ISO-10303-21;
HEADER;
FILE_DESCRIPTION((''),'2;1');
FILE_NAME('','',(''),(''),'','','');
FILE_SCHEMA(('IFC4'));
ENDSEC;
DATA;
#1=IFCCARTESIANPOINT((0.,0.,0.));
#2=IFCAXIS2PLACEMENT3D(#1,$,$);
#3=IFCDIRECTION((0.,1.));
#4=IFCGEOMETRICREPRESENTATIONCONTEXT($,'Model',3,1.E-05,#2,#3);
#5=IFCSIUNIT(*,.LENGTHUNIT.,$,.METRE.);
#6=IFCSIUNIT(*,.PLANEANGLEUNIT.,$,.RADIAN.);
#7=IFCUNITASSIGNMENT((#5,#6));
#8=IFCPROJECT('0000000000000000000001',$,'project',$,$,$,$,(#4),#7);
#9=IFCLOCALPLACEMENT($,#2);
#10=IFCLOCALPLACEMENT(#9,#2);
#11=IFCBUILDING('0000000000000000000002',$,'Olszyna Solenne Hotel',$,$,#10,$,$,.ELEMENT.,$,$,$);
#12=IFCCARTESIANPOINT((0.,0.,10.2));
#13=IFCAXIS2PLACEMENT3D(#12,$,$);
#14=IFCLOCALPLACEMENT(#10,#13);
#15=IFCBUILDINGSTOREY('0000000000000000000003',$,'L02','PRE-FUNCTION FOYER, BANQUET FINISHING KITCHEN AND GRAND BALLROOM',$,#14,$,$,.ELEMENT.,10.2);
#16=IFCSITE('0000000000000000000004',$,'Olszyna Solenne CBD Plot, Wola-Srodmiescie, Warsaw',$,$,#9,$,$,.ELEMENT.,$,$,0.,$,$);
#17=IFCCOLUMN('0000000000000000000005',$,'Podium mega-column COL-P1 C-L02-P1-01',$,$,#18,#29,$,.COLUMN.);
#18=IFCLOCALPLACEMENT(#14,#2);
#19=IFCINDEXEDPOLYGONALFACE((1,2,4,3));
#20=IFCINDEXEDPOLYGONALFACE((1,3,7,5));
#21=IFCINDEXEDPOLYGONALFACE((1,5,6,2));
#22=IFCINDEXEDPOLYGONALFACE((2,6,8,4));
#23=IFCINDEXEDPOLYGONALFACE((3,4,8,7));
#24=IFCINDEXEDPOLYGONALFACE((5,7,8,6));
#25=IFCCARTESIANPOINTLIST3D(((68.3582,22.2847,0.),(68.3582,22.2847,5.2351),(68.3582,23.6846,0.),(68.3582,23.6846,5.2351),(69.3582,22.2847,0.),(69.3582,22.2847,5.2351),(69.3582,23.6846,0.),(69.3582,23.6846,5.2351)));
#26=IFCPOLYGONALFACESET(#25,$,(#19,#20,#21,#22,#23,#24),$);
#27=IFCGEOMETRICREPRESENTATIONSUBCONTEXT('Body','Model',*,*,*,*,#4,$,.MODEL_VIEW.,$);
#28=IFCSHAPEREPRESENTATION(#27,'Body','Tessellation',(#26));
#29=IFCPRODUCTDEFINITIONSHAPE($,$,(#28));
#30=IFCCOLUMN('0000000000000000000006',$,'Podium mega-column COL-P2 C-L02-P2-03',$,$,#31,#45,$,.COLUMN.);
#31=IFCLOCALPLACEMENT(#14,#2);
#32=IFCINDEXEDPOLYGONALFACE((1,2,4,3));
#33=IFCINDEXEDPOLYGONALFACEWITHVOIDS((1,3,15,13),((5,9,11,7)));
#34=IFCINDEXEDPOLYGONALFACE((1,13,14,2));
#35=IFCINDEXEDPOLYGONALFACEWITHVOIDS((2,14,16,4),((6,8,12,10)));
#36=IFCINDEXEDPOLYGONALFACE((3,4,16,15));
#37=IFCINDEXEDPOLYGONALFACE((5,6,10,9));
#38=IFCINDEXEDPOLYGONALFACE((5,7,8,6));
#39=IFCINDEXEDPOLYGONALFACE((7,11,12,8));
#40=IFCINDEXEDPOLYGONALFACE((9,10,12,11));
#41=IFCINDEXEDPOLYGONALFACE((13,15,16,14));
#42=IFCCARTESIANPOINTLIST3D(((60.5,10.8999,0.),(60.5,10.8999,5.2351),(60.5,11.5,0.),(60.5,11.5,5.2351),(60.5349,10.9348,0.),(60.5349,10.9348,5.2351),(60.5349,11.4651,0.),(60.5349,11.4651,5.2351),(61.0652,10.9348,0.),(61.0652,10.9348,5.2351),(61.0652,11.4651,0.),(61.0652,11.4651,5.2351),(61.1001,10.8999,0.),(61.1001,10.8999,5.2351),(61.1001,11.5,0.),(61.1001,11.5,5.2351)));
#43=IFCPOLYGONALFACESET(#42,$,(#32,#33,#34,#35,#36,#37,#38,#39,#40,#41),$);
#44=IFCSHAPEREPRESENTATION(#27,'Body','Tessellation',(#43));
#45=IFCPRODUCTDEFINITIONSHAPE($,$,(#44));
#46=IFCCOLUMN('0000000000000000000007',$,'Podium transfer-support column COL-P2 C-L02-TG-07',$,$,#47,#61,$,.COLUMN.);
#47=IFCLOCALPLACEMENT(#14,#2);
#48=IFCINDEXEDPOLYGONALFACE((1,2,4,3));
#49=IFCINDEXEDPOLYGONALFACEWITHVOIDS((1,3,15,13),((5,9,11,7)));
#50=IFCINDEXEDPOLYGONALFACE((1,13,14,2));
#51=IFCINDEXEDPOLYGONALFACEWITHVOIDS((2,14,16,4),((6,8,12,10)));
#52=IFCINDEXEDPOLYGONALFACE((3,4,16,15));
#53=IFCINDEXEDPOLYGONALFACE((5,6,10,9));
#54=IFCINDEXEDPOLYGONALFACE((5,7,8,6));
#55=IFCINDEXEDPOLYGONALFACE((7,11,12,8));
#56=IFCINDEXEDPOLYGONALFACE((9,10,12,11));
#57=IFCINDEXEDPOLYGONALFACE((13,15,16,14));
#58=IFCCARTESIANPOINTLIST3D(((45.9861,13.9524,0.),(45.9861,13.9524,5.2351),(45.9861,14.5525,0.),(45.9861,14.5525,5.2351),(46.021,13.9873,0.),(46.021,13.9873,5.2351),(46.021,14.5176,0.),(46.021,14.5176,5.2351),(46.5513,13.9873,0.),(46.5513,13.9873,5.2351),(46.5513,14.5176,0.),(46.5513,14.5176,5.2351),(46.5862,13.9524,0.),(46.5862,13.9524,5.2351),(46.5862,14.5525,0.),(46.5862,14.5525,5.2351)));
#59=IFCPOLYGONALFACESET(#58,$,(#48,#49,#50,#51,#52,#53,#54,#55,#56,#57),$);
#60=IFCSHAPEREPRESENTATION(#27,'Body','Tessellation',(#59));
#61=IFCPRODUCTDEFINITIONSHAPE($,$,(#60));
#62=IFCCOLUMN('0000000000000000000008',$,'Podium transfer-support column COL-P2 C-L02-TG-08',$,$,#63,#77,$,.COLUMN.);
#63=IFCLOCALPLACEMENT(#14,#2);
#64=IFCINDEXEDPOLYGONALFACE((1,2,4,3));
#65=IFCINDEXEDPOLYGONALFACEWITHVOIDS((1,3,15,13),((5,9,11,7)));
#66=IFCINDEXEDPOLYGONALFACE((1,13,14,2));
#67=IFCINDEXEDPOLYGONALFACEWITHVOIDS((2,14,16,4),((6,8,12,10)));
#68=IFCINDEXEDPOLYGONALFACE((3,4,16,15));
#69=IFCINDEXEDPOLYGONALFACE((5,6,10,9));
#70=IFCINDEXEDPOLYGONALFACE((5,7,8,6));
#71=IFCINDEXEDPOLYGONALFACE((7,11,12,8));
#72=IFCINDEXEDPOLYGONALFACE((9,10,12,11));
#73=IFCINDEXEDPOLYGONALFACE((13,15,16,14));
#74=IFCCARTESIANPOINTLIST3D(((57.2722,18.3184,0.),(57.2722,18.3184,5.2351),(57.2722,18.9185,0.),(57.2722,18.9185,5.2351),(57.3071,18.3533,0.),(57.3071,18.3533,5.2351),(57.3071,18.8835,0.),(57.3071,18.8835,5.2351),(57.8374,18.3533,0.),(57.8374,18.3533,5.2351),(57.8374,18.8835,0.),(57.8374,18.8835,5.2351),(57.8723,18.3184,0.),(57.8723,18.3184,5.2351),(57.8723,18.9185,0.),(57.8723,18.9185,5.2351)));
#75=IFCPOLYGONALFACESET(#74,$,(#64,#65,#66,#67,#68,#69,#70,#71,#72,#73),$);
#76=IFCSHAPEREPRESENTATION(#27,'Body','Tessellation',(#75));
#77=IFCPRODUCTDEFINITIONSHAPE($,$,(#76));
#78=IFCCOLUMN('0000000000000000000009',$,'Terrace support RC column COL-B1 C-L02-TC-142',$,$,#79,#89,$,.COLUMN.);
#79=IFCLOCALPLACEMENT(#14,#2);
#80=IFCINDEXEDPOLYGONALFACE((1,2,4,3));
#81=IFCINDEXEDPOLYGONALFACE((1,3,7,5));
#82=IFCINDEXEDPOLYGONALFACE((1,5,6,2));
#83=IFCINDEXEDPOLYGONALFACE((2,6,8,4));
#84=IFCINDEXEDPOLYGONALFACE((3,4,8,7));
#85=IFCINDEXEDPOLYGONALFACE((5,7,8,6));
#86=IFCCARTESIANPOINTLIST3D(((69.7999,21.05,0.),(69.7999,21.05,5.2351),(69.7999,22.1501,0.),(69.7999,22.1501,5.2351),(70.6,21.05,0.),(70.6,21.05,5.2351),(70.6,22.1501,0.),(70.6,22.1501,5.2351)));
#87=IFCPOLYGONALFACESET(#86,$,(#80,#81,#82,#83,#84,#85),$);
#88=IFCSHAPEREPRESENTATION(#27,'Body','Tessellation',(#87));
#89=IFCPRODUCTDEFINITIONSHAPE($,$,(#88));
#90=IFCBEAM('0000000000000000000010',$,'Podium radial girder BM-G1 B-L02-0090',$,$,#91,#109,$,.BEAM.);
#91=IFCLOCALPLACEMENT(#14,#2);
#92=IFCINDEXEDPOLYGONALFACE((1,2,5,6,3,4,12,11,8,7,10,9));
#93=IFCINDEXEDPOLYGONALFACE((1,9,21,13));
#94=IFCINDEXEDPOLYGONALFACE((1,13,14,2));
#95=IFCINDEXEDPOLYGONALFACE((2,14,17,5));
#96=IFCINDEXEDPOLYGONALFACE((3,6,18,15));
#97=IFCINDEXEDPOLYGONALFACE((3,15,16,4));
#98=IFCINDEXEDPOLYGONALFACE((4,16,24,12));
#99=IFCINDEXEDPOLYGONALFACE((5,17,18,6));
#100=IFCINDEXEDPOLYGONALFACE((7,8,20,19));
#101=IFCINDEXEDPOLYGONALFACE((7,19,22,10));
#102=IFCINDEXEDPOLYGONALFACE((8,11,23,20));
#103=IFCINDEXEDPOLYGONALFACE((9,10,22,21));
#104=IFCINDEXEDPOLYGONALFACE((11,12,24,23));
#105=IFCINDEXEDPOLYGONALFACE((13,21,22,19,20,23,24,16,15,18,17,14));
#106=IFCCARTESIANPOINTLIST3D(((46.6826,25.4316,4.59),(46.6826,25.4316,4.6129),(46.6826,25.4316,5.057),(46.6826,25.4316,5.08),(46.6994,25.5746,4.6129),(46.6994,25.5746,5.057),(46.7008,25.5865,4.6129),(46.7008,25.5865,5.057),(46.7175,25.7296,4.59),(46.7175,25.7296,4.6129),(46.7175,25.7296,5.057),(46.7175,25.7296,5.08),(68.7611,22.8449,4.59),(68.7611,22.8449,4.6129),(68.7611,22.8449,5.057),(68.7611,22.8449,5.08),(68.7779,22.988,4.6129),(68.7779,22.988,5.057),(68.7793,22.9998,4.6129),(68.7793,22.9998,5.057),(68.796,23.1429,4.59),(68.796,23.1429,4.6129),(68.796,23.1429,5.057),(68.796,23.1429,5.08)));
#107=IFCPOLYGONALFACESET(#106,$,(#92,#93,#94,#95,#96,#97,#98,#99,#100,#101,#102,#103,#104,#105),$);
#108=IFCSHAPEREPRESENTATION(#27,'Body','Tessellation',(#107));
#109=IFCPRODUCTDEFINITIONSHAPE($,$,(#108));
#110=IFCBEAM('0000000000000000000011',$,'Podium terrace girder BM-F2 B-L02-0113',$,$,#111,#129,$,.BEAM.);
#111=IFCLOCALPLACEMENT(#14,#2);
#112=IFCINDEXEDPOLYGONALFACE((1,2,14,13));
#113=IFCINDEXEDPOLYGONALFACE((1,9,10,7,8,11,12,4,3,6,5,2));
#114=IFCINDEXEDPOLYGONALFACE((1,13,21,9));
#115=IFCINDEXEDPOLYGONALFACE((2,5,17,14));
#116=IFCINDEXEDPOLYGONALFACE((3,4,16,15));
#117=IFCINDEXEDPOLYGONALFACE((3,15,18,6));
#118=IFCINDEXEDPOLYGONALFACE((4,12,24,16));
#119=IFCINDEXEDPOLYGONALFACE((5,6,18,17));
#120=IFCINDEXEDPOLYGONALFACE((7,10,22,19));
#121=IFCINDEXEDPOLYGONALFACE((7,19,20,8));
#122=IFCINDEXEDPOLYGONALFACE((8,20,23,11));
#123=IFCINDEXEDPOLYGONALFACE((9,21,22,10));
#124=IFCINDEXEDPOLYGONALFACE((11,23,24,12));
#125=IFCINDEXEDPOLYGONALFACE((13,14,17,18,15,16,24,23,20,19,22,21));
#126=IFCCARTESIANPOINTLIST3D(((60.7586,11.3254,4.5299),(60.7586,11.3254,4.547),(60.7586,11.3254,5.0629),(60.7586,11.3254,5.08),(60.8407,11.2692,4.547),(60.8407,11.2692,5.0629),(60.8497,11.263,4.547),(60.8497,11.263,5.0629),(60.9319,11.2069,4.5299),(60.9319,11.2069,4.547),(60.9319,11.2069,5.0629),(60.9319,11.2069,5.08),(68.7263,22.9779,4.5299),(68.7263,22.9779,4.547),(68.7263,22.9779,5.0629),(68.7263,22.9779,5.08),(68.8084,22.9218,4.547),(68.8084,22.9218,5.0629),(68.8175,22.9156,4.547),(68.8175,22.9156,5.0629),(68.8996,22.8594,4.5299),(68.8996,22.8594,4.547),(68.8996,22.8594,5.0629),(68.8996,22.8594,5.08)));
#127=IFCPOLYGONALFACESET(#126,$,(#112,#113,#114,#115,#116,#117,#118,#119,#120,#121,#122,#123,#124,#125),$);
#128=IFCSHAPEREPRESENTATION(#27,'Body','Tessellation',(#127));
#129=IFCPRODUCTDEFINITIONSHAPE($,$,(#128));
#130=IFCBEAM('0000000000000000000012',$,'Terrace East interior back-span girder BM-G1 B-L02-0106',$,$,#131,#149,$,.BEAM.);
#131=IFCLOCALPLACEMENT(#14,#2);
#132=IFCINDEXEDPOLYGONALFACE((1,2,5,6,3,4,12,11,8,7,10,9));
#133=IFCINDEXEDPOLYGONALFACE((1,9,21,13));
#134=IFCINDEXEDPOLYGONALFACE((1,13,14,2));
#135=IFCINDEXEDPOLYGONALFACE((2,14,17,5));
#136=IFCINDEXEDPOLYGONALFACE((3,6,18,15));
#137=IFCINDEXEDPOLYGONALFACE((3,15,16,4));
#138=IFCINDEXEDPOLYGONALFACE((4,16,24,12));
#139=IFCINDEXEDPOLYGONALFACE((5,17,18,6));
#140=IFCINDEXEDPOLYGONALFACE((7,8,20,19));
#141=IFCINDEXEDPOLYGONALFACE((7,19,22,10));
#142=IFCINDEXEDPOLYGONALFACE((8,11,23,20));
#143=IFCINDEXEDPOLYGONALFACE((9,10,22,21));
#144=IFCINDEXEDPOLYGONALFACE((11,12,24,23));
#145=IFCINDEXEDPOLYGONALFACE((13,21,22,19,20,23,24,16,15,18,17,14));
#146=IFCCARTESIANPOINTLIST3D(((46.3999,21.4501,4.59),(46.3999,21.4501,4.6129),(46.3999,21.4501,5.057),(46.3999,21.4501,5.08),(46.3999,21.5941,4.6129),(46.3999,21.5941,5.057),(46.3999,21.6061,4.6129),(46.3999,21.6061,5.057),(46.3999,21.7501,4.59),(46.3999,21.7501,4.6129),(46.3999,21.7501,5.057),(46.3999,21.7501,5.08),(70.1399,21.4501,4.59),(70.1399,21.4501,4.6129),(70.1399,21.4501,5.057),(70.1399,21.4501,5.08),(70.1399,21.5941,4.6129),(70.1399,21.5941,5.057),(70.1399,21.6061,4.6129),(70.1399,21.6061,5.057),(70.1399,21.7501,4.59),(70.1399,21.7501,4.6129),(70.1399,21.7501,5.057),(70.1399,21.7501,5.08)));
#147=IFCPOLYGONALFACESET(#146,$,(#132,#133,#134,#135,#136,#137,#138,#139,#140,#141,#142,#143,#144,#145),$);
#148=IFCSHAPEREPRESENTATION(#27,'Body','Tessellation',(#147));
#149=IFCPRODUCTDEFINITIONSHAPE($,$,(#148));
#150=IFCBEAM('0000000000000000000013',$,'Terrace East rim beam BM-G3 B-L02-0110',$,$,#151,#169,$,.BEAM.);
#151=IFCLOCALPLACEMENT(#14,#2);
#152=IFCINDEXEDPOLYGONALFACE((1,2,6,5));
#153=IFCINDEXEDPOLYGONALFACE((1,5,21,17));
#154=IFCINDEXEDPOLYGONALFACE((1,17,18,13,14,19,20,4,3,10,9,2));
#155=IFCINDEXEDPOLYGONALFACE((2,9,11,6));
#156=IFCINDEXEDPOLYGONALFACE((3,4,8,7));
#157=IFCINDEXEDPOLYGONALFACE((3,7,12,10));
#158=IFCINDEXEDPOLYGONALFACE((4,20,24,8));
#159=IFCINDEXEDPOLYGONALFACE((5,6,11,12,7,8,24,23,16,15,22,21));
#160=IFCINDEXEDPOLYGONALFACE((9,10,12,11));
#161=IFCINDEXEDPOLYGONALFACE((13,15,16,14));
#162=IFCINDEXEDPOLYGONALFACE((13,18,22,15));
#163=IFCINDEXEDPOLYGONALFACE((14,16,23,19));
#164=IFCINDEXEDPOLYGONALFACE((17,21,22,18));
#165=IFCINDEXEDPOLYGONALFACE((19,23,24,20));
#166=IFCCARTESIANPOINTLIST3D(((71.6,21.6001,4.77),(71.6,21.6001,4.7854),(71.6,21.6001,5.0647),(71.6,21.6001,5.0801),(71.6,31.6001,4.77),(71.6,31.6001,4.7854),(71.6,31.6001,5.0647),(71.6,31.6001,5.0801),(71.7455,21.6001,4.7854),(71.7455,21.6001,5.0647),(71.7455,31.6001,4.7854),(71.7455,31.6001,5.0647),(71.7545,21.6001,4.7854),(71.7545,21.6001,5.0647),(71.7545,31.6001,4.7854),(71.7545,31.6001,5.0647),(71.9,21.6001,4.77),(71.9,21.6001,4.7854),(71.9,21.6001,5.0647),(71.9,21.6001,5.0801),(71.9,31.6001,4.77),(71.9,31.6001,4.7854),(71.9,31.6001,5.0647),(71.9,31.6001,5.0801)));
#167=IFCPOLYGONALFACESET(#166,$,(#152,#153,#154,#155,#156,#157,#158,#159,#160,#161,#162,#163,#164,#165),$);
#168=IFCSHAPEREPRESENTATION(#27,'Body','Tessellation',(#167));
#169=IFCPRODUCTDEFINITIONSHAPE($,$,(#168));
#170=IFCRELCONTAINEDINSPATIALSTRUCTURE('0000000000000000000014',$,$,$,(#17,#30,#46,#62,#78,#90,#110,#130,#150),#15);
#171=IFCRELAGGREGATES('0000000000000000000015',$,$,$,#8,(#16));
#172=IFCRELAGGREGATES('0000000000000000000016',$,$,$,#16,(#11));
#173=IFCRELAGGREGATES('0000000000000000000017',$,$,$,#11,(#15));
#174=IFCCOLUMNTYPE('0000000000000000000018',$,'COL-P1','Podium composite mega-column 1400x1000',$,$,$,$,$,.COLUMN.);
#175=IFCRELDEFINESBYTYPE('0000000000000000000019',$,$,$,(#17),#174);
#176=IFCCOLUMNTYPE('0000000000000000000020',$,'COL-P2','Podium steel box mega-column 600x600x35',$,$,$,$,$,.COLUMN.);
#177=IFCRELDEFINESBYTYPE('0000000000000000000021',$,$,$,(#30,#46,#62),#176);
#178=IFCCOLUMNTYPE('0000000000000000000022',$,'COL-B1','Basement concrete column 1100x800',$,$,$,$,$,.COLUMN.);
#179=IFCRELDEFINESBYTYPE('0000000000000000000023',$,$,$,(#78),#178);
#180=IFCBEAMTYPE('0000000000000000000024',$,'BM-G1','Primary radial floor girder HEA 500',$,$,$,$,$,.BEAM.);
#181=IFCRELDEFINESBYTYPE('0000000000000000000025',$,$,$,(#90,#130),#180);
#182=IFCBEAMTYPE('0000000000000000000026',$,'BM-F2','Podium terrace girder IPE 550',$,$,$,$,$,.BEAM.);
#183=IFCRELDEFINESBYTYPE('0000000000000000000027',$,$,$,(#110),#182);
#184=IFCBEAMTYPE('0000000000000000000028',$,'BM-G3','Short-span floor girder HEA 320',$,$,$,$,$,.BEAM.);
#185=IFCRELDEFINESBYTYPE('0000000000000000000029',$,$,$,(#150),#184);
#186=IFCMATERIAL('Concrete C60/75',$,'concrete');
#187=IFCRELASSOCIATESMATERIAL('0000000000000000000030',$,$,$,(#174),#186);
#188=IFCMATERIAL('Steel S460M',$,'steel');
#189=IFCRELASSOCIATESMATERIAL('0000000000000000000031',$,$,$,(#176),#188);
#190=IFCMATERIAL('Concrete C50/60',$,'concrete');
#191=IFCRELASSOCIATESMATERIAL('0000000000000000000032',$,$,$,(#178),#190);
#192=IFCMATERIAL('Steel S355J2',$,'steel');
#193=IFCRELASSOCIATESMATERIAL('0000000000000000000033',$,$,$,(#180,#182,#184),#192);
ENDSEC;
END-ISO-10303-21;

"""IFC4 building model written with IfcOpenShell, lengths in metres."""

from ifc_helpers import new_model, si_unit, direction, frame, origin, origin_2d, place, context, subcontext, project, spatial, rectangle, hollow_rectangle, i_section, extrude, source, transform, mapped, material, material_profile, profile_set, type_object, element, save


model = new_model("IFC4")

# Units and contexts
model_context = context("Model", 3, precision=1e-05, world=origin(), true_north=direction((0.0, 1.0)))
body_context = subcontext(model_context, "Body", "Model", "MODEL_VIEW")
ifc_project = project(units=[si_unit("LENGTHUNIT", "METRE"), si_unit("PLANEANGLEUNIT", "RADIAN")], contexts=[model_context])

# Site, building, storey
site_placement = place(None, origin())
site = spatial("IfcSite", under=ifc_project, at=site_placement, Name="Olszyna Solenne CBD Plot, Wola-Srodmiescie, Warsaw", CompositionType="ELEMENT", RefElevation=0.0)
building_placement = place(site_placement, origin())
building = spatial("IfcBuilding", under=site, at=building_placement, Name="Olszyna Solenne Hotel", CompositionType="ELEMENT")
storey_placement = place(building_placement, frame((0.0, 0.0, 10.2)))
storey = spatial("IfcBuildingStorey", under=building, at=storey_placement, Name="L02", Description="PRE-FUNCTION FOYER, BANQUET FINISHING KITCHEN AND GRAND BALLROOM", CompositionType="ELEMENT", Elevation=10.2)

# Columns
ifc_material_1 = material(Name="Concrete C60/75", Category="concrete")
ifc_material_profile_1 = material_profile(ifc_material_1, rectangle(XDim=1.0, YDim=1.3999, at=origin_2d()), Name="RC 1400x1000", Category="load-bearing")
ifc_profile_set_1 = profile_set([ifc_material_profile_1], Name="Concrete C60/75")
column_type_1 = type_object("IfcColumnType", Name="COL-P1", Description="Podium composite mega-column 1400x1000", PredefinedType="COLUMN", material=ifc_profile_set_1)
shared_shape_1 = source(origin(), body_context, "Body", "SweptSolid", [
    extrude(rectangle(XDim=1.0, YDim=1.3999, at=origin_2d()), origin(), (0.0, 0.0, 1.0), 5.2351),
])
column_1_placement = place(storey_placement, frame((68.8582, 22.9846, 0.0), z_axis=(0.0, 0.0, 1.0), x_axis=(1.0, 0.0, 0.0)))
element("IfcColumn", 1, at=column_1_placement, inside=storey, type_object=column_type_1, Name="Podium mega-column COL-P1 C-L02-P1-01", PredefinedType="COLUMN", context=body_context, shape_type="MappedRepresentation", body=[
    mapped(shared_shape_1, transform((0.0, 0.0, 0.0), x_axis=(1.0, 0.0, 0.0), y_axis=(0.0, 1.0, 0.0), z_axis=(0.0, 0.0, 1.0), scale=1.0)),
])
ifc_material_2 = material(Name="Steel S460M", Category="steel")
ifc_material_profile_2 = material_profile(ifc_material_2, hollow_rectangle(XDim=0.6001, YDim=0.6001, WallThickness=0.0349, at=origin_2d()), Name="SHS 600x600x35", Category="load-bearing")
ifc_profile_set_2 = profile_set([ifc_material_profile_2], Name="Steel S460M")
column_type_2 = type_object("IfcColumnType", Name="COL-P2", Description="Podium steel box mega-column 600x600x35", PredefinedType="COLUMN", material=ifc_profile_set_2)
shared_shape_2 = source(origin(), body_context, "Body", "SweptSolid", [
    extrude(hollow_rectangle(XDim=0.6001, YDim=0.6001, WallThickness=0.0349, at=origin_2d()), origin(), (0.0, 0.0, 1.0), 5.2351),
])
for number, where, z_axis, x_axis, name in (
    (2, (60.8, 11.2, 0.0), (0.0, 0.0, 1.0), (1.0, 0.0, 0.0), "Podium mega-column COL-P2 C-L02-P2-03"),
    (3, (46.2861, 14.2524, 0.0), (0.0, 0.0, 1.0), (1.0, 0.0, 0.0), "Podium transfer-support column COL-P2 C-L02-TG-07"),
    (4, (57.5723, 18.6184, 0.0), (0.0, 0.0, 1.0), (1.0, 0.0, 0.0), "Podium transfer-support column COL-P2 C-L02-TG-08"),
):
    element("IfcColumn", number, at=place(storey_placement, frame(where, z_axis=z_axis, x_axis=x_axis)), inside=storey, type_object=column_type_2, Name=name, PredefinedType="COLUMN", context=body_context, shape_type="MappedRepresentation", body=[
        mapped(shared_shape_2, transform((0.0, 0.0, 0.0), x_axis=(1.0, 0.0, 0.0), y_axis=(0.0, 1.0, 0.0), z_axis=(0.0, 0.0, 1.0), scale=1.0)),
    ])
ifc_material_3 = material(Name="Concrete C50/60", Category="concrete")
ifc_material_profile_3 = material_profile(ifc_material_3, rectangle(XDim=0.8, YDim=1.1001, at=origin_2d()), Name="RC 1100x800", Category="load-bearing")
ifc_profile_set_3 = profile_set([ifc_material_profile_3], Name="Concrete C50/60")
column_type_3 = type_object("IfcColumnType", Name="COL-B1", Description="Basement concrete column 1100x800", PredefinedType="COLUMN", material=ifc_profile_set_3)
shared_shape_3 = source(origin(), body_context, "Body", "SweptSolid", [
    extrude(rectangle(XDim=0.8, YDim=1.1001, at=origin_2d()), origin(), (0.0, 0.0, 1.0), 5.2351),
])
column_2_placement = place(storey_placement, frame((70.2, 21.6001, 0.0), z_axis=(0.0, 0.0, 1.0), x_axis=(1.0, 0.0, 0.0)))
element("IfcColumn", 5, at=column_2_placement, inside=storey, type_object=column_type_3, Name="Terrace support RC column COL-B1 C-L02-TC-142", PredefinedType="COLUMN", context=body_context, shape_type="MappedRepresentation", body=[
    mapped(shared_shape_3, transform((0.0, 0.0, 0.0), x_axis=(1.0, 0.0, 0.0), y_axis=(0.0, 1.0, 0.0), z_axis=(0.0, 0.0, 1.0), scale=1.0)),
])

# Beams
ifc_material_4 = material(Name="Steel S355J2", Category="steel")
ifc_material_profile_4 = material_profile(ifc_material_4, i_section(OverallWidth=0.3, OverallDepth=0.49, WebThickness=0.012, FlangeThickness=0.0229, at=origin_2d()), Name="HEA 500", Category="load-bearing")
ifc_profile_set_4 = profile_set([ifc_material_profile_4], Name="Steel S355J2")
beam_type_1 = type_object("IfcBeamType", Name="BM-G1", Description="Primary radial floor girder HEA 500", PredefinedType="BEAM", material=ifc_profile_set_4)
shared_shape_4 = source(origin(), body_context, "Body", "SweptSolid", [
    extrude(i_section(OverallWidth=0.3, OverallDepth=0.49, WebThickness=0.012, FlangeThickness=0.0229, at=origin_2d()), origin(), (0.0, 0.0, 1.0), 22.2295),
])
beam_1_placement = place(storey_placement, frame((68.7786, 22.9939, 4.835), z_axis=(-0.993207, 0.116363, 0.0), x_axis=(-0.116363, -0.993207, 0.0)))
element("IfcBeam", 6, at=beam_1_placement, inside=storey, type_object=beam_type_1, Name="Podium radial girder BM-G1 B-L02-0090", PredefinedType="BEAM", context=body_context, shape_type="MappedRepresentation", body=[
    mapped(shared_shape_4, transform((0.0, 0.0, 0.0), x_axis=(1.0, 0.0, 0.0), y_axis=(0.0, 1.0, 0.0), z_axis=(0.0, 0.0, 1.0), scale=1.0)),
])
ifc_material_profile_5 = material_profile(ifc_material_4, i_section(OverallWidth=0.21, OverallDepth=0.55, WebThickness=0.011, FlangeThickness=0.0171, at=origin_2d()), Name="IPE 550", Category="load-bearing")
ifc_profile_set_5 = profile_set([ifc_material_profile_5], Name="Steel S355J2")
beam_type_2 = type_object("IfcBeamType", Name="BM-F2", Description="Podium terrace girder IPE 550", PredefinedType="BEAM", material=ifc_profile_set_5)
shared_shape_5 = source(origin(), body_context, "Body", "SweptSolid", [
    extrude(i_section(OverallWidth=0.21, OverallDepth=0.55, WebThickness=0.011, FlangeThickness=0.0171, at=origin_2d()), origin(), (0.0, 0.0, 1.0), 14.1162),
])
beam_2_placement = place(storey_placement, frame((60.8452, 11.2661, 4.8049), z_axis=(0.56444, 0.825474, 0.0), x_axis=(-0.825474, 0.56444, 0.0)))
element("IfcBeam", 7, at=beam_2_placement, inside=storey, type_object=beam_type_2, Name="Podium terrace girder BM-F2 B-L02-0113", PredefinedType="BEAM", context=body_context, shape_type="MappedRepresentation", body=[
    mapped(shared_shape_5, transform((0.0, 0.0, 0.0), x_axis=(1.0, 0.0, 0.0), y_axis=(0.0, 1.0, 0.0), z_axis=(0.0, 0.0, 1.0), scale=1.0)),
])
shared_shape_6 = source(origin(), body_context, "Body", "SweptSolid", [
    extrude(i_section(OverallWidth=0.3, OverallDepth=0.49, WebThickness=0.012, FlangeThickness=0.0229, at=origin_2d()), origin(), (0.0, 0.0, 1.0), 23.74),
])
beam_3_placement = place(storey_placement, frame((46.3999, 21.6001, 4.835), z_axis=(1.0, 0.0, 0.0), x_axis=(0.0, 1.0, 0.0)))
element("IfcBeam", 8, at=beam_3_placement, inside=storey, type_object=beam_type_1, Name="Terrace East interior back-span girder BM-G1 B-L02-0106", PredefinedType="BEAM", context=body_context, shape_type="MappedRepresentation", body=[
    mapped(shared_shape_6, transform((0.0, 0.0, 0.0), x_axis=(1.0, 0.0, 0.0), y_axis=(0.0, 1.0, 0.0), z_axis=(0.0, 0.0, 1.0), scale=1.0)),
])
ifc_material_profile_6 = material_profile(ifc_material_4, i_section(OverallWidth=0.3, OverallDepth=0.3101, WebThickness=0.009, FlangeThickness=0.0154, at=origin_2d()), Name="HEA 320", Category="load-bearing")
ifc_profile_set_6 = profile_set([ifc_material_profile_6], Name="Steel S355J2")
beam_type_3 = type_object("IfcBeamType", Name="BM-G3", Description="Short-span floor girder HEA 320", PredefinedType="BEAM", material=ifc_profile_set_6)
shared_shape_7 = source(origin(), body_context, "Body", "SweptSolid", [
    extrude(i_section(OverallWidth=0.3, OverallDepth=0.3101, WebThickness=0.009, FlangeThickness=0.0154, at=origin_2d()), origin(), (0.0, 0.0, 1.0), 10.0),
])
beam_4_placement = place(storey_placement, frame((71.75, 21.6001, 4.925), z_axis=(0.0, 1.0, 0.0), x_axis=(-1.0, 0.0, 0.0)))
element("IfcBeam", 9, at=beam_4_placement, inside=storey, type_object=beam_type_3, Name="Terrace East rim beam BM-G3 B-L02-0110", PredefinedType="BEAM", context=body_context, shape_type="MappedRepresentation", body=[
    mapped(shared_shape_7, transform((0.0, 0.0, 0.0), x_axis=(1.0, 0.0, 0.0), y_axis=(0.0, 1.0, 0.0), z_axis=(0.0, 0.0, 1.0), scale=1.0)),
])

save(model, "model.ifc")
